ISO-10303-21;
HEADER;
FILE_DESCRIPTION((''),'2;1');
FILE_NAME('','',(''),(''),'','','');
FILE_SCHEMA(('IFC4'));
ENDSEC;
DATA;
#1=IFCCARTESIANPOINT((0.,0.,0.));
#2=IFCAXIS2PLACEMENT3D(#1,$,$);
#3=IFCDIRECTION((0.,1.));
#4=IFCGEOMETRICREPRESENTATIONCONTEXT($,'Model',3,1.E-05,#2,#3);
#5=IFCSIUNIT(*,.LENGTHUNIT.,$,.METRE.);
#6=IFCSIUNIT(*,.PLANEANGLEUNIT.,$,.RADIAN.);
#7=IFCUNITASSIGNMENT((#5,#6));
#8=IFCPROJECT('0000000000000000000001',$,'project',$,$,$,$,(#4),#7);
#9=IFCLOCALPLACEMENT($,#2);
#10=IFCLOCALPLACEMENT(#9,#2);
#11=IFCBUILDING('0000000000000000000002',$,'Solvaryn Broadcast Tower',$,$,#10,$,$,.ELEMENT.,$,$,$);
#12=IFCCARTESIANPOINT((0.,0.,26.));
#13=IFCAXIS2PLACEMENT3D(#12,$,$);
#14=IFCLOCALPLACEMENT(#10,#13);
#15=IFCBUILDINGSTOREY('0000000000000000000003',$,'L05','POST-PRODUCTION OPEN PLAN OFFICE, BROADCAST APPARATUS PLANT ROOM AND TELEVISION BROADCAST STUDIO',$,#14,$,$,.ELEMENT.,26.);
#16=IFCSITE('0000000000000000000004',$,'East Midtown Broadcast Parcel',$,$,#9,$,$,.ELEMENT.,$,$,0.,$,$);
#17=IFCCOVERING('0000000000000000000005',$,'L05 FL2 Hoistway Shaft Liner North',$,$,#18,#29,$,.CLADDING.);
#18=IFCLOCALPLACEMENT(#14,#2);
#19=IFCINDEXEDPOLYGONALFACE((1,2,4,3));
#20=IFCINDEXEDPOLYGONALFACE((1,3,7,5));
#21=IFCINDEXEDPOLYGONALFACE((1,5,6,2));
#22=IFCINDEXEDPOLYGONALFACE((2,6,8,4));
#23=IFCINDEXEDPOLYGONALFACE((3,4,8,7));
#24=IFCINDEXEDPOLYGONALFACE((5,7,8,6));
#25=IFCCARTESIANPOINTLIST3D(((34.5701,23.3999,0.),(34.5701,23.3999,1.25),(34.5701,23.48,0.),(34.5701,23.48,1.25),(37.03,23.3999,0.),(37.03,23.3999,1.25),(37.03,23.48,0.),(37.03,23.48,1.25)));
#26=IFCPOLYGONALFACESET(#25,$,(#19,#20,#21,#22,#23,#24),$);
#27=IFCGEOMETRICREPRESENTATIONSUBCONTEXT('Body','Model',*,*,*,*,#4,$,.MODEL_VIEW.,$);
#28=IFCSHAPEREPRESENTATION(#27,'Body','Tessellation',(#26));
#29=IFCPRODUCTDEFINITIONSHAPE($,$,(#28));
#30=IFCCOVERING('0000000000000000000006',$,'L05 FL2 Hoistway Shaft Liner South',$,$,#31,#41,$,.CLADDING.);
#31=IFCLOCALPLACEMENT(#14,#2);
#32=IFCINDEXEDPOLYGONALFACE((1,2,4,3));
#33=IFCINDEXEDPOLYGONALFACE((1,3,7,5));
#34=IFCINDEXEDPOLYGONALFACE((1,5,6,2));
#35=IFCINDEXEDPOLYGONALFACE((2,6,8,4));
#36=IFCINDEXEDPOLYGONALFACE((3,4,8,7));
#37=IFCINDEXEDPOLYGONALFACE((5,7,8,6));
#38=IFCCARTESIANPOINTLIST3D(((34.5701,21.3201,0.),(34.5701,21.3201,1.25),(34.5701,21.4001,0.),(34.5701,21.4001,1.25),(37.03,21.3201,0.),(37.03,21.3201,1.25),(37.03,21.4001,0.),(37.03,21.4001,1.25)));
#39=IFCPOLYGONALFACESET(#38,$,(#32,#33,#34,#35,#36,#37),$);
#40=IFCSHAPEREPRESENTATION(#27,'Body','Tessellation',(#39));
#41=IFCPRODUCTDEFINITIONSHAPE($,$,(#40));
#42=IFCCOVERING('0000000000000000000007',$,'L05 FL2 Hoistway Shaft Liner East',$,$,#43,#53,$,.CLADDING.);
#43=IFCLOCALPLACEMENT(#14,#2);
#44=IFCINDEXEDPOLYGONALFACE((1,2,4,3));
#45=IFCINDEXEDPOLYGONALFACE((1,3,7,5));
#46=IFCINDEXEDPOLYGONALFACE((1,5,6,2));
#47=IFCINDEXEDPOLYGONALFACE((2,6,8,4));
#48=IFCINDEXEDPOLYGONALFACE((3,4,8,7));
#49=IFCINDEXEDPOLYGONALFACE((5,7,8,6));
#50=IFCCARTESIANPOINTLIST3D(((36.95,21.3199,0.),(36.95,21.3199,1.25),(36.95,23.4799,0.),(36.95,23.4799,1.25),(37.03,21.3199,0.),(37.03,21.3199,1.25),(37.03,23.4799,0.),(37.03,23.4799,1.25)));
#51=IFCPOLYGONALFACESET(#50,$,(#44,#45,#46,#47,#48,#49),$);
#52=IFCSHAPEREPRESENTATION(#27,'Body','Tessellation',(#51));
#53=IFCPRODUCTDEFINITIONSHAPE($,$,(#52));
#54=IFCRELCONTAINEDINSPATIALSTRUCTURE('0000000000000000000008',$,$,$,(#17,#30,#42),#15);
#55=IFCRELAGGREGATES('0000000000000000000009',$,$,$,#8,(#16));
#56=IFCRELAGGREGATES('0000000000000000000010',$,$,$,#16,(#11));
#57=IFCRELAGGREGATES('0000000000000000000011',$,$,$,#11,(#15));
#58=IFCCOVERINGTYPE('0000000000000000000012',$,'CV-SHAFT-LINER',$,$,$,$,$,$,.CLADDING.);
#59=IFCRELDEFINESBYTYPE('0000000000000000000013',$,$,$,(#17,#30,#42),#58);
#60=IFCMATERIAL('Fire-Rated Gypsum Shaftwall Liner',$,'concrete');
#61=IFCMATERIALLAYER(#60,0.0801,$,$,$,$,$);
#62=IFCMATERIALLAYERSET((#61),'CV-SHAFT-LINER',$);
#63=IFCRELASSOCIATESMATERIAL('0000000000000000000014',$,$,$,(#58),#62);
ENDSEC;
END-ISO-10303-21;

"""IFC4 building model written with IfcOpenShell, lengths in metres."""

from ifc_helpers import new_model, si_unit, direction, frame, origin, origin_2d, place, context, subcontext, project, spatial, rectangle, extrude, material, layer, layer_set, type_object, element, save


model = new_model("IFC4")

# Units and contexts
model_context = context("Model", 3, precision=1e-05, world=origin(), true_north=direction((0.0, 1.0)))
body_context = subcontext(model_context, "Body", "Model", "MODEL_VIEW")
ifc_project = project(units=[si_unit("LENGTHUNIT", "METRE"), si_unit("PLANEANGLEUNIT", "RADIAN")], contexts=[model_context])

# Site, building, storey
site_placement = place(None, origin())
site = spatial("IfcSite", under=ifc_project, at=site_placement, Name="East Midtown Broadcast Parcel", CompositionType="ELEMENT", RefElevation=0.0)
building_placement = place(site_placement, origin())
building = spatial("IfcBuilding", under=site, at=building_placement, Name="Solvaryn Broadcast Tower", CompositionType="ELEMENT")
storey_placement = place(building_placement, frame((0.0, 0.0, 26.0)))
storey = spatial("IfcBuildingStorey", under=building, at=storey_placement, Name="L05", Description="POST-PRODUCTION OPEN PLAN OFFICE, BROADCAST APPARATUS PLANT ROOM AND TELEVISION BROADCAST STUDIO", CompositionType="ELEMENT", Elevation=26.0)

# Coverings
ifc_material_1 = material(Name="Fire-Rated Gypsum Shaftwall Liner", Category="concrete")
ifc_layer_1 = layer(ifc_material_1, 0.0801)
ifc_layer_set_1 = layer_set([ifc_layer_1], Name="CV-SHAFT-LINER")
covering_type = type_object("IfcCoveringType", Name="CV-SHAFT-LINER", PredefinedType="CLADDING", material=ifc_layer_set_1)
for number, where, z_axis, x_axis, name in (
    (1, (35.8, 23.4399, 0.0), (0.0, 0.0, 1.0), (1.0, 0.0, 0.0), "L05 FL2 Hoistway Shaft Liner North"),
    (2, (35.8, 21.3601, 0.0), (0.0, 0.0, 1.0), (1.0, 0.0, 0.0), "L05 FL2 Hoistway Shaft Liner South"),
):
    element("IfcCovering", number, at=place(storey_placement, frame(where, z_axis=z_axis, x_axis=x_axis)), inside=storey, type_object=covering_type, Name=name, PredefinedType="CLADDING", context=body_context, shape_type="SweptSolid", body=[
        extrude(rectangle(XDim=2.46, YDim=0.0801, at=origin_2d()), origin(), (0.0, 0.0, 1.0), 1.25),
    ])
covering_placement = place(storey_placement, frame((36.99, 22.3999, 0.0), z_axis=(0.0, 0.0, 1.0), x_axis=(1.0, 0.0, 0.0)))
element("IfcCovering", 3, at=covering_placement, inside=storey, type_object=covering_type, Name="L05 FL2 Hoistway Shaft Liner East", PredefinedType="CLADDING", context=body_context, shape_type="SweptSolid", body=[
    extrude(rectangle(XDim=0.0801, YDim=2.1599, at=origin_2d()), origin(), (0.0, 0.0, 1.0), 1.25),
])

save(model, "model.ifc")
